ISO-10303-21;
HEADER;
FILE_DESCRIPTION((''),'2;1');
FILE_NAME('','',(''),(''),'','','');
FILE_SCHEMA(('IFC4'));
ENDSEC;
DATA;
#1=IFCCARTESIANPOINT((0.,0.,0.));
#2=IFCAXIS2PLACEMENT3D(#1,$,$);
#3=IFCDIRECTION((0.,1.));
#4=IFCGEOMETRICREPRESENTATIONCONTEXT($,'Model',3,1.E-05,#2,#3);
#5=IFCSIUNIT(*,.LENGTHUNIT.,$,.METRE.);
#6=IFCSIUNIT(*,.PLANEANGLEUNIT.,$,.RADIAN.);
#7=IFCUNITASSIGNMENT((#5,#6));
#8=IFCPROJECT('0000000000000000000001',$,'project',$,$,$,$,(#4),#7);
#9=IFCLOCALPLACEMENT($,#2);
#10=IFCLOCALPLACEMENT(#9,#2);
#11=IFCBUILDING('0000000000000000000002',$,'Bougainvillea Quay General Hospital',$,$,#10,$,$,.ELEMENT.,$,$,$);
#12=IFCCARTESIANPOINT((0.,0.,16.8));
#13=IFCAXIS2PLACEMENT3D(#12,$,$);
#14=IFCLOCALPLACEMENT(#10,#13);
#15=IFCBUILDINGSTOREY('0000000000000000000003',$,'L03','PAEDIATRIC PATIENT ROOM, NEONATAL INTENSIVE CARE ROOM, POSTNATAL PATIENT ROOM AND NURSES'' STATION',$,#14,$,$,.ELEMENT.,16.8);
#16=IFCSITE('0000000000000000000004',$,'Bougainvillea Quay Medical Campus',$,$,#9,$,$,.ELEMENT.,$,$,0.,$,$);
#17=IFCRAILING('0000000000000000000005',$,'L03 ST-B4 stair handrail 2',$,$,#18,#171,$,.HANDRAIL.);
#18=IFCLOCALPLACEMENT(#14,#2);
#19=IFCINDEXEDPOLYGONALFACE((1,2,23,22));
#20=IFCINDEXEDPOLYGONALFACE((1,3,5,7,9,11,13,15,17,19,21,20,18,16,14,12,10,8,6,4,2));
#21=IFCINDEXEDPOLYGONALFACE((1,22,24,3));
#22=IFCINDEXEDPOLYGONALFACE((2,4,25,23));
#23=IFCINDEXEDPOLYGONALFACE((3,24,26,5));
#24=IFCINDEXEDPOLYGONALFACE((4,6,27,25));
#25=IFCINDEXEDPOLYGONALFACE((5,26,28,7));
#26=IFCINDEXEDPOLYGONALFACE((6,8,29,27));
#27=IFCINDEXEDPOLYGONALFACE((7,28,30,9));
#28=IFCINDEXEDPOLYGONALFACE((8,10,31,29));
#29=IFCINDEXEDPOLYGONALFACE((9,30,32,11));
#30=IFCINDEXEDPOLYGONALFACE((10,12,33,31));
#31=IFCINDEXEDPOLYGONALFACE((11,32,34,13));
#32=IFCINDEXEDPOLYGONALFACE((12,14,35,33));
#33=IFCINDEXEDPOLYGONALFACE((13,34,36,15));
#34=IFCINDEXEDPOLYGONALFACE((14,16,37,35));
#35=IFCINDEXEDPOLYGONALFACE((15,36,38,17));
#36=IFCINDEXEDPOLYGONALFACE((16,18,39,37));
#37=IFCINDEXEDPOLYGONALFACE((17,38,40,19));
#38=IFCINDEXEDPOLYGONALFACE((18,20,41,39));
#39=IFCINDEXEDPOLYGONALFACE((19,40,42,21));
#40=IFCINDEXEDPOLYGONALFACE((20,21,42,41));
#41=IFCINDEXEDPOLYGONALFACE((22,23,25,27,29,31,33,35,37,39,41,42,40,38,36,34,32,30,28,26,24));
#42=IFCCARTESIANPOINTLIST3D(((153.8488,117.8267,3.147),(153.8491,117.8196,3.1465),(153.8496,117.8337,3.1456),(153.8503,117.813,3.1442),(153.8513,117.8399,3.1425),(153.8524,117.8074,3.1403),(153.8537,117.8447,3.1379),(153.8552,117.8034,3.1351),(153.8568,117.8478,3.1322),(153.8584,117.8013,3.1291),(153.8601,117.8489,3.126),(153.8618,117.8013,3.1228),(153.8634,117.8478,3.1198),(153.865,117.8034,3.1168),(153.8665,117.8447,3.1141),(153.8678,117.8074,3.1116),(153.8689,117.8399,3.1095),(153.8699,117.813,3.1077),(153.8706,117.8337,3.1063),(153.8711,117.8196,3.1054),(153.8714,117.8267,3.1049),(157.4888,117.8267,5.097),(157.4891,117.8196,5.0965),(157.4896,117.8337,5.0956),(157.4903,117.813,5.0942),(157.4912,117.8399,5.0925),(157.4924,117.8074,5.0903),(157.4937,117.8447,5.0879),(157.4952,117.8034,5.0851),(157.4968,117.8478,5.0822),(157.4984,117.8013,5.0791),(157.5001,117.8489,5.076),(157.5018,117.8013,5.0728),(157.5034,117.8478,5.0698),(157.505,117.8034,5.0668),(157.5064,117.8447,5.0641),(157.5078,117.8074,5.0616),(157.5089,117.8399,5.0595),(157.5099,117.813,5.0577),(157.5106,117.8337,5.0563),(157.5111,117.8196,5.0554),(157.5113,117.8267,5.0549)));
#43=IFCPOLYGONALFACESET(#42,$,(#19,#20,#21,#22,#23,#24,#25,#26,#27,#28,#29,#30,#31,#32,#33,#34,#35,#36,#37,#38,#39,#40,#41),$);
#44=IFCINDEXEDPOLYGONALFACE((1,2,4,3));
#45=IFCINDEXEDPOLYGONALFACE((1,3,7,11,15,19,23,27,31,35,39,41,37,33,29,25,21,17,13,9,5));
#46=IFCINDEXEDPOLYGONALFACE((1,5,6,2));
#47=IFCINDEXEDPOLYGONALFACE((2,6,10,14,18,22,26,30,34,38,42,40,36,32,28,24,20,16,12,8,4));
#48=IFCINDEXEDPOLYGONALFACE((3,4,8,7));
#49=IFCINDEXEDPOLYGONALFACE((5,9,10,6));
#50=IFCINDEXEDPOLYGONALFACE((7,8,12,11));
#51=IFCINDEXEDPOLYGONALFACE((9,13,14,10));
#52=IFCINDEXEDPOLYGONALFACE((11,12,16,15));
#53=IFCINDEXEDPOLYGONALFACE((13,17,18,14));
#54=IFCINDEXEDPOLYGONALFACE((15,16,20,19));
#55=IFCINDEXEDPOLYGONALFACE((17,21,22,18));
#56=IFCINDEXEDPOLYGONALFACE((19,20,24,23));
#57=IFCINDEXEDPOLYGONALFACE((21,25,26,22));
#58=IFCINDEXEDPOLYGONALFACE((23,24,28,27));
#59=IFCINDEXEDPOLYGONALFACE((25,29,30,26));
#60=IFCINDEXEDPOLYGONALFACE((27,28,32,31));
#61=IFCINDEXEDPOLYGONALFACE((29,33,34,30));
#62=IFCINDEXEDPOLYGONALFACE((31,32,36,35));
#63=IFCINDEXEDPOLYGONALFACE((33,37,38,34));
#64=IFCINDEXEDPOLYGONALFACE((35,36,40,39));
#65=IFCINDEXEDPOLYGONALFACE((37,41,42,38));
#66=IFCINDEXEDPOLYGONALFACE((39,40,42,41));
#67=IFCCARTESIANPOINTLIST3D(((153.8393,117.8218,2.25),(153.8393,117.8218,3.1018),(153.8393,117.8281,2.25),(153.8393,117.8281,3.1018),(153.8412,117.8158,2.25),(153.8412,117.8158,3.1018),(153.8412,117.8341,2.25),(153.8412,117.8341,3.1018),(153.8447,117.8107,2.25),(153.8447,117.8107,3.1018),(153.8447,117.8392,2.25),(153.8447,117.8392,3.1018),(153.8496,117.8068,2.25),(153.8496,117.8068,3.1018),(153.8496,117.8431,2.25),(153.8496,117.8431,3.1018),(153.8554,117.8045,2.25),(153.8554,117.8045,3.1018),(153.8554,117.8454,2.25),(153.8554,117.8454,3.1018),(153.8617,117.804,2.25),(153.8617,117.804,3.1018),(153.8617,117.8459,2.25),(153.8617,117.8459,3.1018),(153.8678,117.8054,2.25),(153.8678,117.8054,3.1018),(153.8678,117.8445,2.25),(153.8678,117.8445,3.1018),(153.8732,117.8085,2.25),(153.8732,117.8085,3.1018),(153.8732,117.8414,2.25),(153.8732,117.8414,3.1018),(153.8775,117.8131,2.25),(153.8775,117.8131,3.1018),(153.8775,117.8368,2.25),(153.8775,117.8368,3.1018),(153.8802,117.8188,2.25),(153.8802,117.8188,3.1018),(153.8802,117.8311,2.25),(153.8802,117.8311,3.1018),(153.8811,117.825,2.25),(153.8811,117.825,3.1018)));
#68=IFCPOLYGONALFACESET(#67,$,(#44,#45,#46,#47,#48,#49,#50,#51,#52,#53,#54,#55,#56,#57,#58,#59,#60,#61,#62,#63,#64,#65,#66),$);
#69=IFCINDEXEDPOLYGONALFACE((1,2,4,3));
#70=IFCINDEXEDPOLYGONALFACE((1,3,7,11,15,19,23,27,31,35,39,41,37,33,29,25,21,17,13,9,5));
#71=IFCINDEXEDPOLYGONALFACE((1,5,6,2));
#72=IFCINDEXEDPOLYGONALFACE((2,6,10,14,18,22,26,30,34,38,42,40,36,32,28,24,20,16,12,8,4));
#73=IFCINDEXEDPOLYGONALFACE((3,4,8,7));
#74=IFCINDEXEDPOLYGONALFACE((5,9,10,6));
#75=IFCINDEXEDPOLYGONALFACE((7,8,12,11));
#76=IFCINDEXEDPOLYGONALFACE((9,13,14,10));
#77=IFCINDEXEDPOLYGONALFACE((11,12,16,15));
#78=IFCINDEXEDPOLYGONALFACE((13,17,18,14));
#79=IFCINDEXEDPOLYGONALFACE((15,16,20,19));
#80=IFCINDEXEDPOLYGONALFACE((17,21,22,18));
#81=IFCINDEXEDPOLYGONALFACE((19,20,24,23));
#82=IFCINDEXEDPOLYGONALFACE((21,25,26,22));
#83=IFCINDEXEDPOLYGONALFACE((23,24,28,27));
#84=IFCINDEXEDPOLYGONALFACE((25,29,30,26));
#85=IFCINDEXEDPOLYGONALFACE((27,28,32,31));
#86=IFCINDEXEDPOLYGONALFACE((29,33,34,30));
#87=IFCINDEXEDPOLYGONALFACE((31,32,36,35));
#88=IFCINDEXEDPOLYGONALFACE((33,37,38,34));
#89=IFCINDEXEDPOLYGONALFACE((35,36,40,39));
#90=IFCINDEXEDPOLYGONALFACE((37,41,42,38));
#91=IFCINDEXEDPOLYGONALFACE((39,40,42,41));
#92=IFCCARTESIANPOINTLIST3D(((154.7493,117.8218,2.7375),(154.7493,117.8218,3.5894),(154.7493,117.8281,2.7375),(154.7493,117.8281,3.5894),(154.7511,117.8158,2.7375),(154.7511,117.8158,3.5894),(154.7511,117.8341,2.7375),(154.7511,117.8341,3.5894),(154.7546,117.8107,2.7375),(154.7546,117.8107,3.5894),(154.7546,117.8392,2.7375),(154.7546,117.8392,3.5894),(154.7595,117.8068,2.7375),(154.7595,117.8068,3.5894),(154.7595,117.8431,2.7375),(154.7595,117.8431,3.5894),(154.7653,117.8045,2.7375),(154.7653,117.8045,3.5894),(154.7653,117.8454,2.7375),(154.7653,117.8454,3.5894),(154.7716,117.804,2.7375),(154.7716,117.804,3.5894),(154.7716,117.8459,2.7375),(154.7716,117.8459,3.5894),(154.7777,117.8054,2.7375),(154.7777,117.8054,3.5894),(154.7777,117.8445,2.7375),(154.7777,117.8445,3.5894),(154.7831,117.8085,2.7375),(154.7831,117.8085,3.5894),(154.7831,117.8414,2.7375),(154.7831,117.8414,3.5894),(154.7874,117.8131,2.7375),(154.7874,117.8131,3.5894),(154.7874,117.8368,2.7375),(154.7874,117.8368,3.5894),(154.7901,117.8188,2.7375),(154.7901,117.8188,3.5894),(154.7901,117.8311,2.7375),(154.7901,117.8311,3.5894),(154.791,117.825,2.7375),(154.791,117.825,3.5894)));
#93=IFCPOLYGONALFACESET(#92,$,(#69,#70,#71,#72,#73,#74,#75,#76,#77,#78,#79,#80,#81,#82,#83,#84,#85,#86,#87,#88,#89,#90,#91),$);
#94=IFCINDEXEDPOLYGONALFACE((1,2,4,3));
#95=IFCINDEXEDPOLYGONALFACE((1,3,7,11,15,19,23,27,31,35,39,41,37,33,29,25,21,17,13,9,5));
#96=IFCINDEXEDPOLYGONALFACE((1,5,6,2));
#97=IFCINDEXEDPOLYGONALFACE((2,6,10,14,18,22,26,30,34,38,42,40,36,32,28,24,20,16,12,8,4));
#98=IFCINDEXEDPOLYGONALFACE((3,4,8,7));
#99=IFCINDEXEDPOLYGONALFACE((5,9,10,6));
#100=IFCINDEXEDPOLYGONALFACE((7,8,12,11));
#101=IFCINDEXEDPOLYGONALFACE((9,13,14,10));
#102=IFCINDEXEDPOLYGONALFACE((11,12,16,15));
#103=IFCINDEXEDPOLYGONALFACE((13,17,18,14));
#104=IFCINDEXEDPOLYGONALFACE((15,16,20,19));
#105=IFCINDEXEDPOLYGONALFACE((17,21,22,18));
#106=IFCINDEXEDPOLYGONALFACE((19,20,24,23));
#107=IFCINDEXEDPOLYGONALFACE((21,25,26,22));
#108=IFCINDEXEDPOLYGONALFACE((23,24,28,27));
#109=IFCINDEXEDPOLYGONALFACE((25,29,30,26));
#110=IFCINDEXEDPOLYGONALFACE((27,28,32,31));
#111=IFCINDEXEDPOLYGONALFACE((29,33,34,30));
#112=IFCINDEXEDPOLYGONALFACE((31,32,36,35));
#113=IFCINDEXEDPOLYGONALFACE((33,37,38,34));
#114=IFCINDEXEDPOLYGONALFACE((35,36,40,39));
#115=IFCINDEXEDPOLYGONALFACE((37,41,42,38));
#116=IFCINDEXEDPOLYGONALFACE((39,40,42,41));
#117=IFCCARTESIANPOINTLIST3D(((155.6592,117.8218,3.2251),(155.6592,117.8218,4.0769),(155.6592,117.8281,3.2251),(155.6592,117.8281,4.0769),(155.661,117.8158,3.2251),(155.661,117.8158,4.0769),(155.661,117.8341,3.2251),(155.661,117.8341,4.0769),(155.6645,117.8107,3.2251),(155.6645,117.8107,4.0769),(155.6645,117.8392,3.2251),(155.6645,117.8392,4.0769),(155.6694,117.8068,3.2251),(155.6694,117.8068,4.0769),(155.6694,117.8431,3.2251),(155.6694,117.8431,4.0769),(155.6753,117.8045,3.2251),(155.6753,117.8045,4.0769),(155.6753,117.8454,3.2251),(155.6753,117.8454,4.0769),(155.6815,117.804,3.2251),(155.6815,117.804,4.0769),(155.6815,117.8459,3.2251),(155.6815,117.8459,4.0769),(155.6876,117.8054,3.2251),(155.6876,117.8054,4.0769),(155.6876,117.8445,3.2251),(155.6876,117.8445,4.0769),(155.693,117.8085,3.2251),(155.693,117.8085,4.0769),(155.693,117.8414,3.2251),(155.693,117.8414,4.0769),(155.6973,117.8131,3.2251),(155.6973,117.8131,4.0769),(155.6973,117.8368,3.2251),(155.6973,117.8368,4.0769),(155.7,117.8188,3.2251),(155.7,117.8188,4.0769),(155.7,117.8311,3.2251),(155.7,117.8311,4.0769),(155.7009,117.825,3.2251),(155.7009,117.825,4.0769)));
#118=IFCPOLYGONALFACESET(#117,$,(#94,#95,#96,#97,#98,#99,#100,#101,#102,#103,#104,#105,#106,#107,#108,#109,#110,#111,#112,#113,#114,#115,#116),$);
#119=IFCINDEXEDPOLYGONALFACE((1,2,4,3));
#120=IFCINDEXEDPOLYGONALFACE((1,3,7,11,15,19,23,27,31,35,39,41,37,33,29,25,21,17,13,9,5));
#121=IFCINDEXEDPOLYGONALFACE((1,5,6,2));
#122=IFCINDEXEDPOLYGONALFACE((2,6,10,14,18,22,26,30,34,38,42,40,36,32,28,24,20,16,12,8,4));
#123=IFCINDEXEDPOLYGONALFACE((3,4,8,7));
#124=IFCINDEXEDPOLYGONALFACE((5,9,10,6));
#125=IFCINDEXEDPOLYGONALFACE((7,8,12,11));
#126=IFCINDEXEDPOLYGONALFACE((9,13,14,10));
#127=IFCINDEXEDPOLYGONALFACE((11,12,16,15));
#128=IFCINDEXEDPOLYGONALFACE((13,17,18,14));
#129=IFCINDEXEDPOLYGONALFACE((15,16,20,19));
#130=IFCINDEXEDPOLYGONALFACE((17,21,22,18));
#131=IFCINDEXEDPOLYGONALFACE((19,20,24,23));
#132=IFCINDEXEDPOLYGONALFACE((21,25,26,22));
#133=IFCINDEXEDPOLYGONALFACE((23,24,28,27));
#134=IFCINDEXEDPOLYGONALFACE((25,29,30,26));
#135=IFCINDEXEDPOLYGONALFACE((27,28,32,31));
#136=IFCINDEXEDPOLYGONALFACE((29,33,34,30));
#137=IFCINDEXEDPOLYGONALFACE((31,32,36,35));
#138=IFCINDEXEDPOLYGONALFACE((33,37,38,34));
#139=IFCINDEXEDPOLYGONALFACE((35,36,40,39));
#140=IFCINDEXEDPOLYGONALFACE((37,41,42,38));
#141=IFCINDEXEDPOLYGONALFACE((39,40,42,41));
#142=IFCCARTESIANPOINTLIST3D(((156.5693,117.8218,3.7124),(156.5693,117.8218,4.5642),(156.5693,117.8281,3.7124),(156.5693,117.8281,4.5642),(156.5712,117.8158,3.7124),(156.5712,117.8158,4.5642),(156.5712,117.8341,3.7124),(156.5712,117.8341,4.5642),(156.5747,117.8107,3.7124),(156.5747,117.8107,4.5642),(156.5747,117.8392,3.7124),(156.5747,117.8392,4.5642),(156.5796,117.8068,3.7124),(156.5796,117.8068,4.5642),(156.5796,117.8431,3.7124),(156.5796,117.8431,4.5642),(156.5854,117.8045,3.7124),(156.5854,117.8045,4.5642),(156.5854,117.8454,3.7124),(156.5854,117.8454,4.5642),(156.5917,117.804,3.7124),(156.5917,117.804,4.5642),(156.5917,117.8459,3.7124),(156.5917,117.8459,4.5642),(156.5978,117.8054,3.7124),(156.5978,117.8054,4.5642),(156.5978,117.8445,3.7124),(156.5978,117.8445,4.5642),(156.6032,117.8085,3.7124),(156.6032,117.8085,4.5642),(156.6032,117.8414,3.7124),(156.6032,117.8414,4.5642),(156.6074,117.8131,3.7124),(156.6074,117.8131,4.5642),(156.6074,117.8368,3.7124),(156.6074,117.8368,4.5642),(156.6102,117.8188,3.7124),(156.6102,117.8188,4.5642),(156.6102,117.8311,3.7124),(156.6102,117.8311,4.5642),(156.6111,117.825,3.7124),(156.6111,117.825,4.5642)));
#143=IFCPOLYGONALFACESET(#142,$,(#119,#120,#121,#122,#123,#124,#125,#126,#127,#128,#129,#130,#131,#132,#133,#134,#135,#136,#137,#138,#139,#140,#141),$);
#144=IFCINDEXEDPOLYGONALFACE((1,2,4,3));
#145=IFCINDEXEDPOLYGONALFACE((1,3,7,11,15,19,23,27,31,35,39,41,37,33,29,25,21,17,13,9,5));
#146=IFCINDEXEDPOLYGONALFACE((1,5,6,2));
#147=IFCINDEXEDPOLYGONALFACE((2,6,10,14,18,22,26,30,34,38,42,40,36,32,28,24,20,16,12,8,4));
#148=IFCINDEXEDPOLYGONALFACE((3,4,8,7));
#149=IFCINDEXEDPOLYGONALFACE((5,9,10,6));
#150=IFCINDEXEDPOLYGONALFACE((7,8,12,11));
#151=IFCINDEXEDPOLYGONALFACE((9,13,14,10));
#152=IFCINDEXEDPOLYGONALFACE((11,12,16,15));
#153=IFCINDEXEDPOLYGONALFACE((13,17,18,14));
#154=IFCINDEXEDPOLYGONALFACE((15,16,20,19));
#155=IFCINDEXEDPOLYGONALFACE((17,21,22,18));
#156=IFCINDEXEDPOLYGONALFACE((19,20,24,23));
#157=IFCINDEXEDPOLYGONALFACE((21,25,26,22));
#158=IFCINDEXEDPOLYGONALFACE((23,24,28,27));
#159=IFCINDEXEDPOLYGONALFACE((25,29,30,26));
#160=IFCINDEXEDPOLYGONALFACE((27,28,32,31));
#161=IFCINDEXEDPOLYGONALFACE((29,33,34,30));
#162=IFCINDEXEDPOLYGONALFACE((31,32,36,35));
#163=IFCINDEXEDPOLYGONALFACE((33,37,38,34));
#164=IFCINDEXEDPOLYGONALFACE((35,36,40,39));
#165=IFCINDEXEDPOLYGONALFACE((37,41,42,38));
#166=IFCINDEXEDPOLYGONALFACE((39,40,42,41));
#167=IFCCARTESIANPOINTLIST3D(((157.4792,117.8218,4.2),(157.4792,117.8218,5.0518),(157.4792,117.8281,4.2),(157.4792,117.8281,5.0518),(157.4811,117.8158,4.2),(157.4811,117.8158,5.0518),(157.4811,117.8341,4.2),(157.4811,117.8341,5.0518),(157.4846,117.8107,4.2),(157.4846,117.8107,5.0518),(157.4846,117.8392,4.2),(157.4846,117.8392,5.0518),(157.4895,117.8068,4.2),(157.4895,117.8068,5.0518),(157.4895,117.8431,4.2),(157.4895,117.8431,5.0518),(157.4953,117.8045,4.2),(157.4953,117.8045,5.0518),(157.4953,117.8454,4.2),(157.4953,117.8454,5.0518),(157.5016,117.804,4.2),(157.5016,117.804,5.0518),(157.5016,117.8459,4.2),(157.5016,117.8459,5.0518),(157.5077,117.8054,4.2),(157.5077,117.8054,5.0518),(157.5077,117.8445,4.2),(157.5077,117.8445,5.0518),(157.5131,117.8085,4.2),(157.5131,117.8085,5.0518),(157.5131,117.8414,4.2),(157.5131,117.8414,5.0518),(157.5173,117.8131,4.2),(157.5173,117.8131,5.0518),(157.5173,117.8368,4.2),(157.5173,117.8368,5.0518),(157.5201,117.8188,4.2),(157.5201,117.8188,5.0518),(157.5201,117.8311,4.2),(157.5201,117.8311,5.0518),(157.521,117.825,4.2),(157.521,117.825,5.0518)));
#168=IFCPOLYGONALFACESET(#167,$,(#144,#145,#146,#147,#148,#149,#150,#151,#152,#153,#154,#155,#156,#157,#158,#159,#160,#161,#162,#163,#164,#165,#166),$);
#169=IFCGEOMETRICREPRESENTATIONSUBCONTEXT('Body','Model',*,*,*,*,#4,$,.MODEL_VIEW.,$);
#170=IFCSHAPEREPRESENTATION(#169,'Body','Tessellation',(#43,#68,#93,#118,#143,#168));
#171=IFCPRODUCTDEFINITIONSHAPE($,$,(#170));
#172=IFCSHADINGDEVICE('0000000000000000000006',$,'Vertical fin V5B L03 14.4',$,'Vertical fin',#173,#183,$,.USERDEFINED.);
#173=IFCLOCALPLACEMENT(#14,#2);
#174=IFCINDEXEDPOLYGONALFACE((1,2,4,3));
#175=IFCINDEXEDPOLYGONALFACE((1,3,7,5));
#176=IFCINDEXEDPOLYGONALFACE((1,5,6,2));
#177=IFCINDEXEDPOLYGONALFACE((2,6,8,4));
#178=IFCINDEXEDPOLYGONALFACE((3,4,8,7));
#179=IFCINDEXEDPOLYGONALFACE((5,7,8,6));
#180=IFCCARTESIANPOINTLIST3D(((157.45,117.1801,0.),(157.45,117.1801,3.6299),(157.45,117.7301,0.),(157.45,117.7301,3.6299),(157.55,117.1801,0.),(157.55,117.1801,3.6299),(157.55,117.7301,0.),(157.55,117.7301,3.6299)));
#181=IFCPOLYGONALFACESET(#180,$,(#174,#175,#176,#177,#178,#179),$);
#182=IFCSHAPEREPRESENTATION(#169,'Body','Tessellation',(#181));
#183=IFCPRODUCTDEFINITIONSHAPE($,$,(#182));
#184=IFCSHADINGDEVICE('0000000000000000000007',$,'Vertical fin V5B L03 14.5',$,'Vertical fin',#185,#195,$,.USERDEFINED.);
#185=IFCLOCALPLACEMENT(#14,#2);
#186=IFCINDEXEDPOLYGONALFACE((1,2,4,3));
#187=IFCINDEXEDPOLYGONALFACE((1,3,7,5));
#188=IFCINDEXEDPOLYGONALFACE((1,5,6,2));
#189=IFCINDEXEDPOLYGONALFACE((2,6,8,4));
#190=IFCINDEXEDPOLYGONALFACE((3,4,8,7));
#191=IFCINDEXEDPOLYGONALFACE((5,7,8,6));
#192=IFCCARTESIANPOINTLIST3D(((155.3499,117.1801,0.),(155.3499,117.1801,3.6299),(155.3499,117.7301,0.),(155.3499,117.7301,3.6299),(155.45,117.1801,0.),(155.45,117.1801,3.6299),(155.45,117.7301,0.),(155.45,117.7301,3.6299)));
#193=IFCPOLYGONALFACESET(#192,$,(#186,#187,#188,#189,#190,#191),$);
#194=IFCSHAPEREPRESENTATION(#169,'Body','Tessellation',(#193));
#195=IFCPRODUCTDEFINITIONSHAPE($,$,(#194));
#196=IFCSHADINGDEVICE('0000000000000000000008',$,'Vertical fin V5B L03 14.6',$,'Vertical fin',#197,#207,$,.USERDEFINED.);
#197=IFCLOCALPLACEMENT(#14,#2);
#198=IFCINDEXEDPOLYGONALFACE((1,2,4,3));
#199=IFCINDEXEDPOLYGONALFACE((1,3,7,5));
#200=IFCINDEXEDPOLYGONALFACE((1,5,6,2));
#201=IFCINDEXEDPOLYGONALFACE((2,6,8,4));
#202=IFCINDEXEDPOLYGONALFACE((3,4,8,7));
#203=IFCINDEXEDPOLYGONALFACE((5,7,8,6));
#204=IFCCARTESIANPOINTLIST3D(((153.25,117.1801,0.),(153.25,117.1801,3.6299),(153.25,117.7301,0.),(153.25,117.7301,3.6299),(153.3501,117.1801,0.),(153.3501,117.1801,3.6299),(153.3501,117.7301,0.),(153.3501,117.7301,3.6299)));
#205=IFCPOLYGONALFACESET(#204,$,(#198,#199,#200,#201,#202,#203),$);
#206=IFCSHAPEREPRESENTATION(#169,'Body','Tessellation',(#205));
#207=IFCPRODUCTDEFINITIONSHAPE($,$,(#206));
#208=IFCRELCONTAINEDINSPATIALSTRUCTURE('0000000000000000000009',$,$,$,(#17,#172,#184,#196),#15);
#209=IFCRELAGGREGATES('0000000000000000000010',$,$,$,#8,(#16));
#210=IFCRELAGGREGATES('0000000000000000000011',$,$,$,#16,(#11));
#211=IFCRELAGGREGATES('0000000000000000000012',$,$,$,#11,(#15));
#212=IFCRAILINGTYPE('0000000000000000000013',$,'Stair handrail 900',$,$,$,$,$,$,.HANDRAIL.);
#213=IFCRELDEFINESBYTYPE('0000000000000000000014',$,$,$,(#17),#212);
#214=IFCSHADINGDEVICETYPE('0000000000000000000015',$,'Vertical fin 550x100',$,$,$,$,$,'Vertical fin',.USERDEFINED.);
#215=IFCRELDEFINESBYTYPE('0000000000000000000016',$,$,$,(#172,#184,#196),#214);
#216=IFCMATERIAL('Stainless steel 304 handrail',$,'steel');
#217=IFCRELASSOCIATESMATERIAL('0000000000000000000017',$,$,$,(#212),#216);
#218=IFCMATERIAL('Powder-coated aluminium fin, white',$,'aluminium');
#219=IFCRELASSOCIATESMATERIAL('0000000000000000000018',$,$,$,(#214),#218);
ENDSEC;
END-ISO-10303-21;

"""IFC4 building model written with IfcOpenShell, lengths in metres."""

from ifc_helpers import new_model, si_unit, direction, frame, origin, origin_2d, place, context, subcontext, project, spatial, rectangle, circle, extrude, material, material_profile, profile_set, type_object, element, save


model = new_model("IFC4")

# Units and contexts
model_context = context("Model", 3, precision=1e-05, world=origin(), true_north=direction((0.0, 1.0)))
body_context = subcontext(model_context, "Body", "Model", "MODEL_VIEW")
ifc_project = project(units=[si_unit("LENGTHUNIT", "METRE"), si_unit("PLANEANGLEUNIT", "RADIAN")], contexts=[model_context])

# Site, building, storey
site_placement = place(None, origin())
site = spatial("IfcSite", under=ifc_project, at=site_placement, Name="Bougainvillea Quay Medical Campus", CompositionType="ELEMENT", RefElevation=0.0)
building_placement = place(site_placement, origin())
building = spatial("IfcBuilding", under=site, at=building_placement, Name="Bougainvillea Quay General Hospital", CompositionType="ELEMENT")
storey_placement = place(building_placement, frame((0.0, 0.0, 16.8)))
storey = spatial("IfcBuildingStorey", under=building, at=storey_placement, Name="L03", Description="PAEDIATRIC PATIENT ROOM, NEONATAL INTENSIVE CARE ROOM, POSTNATAL PATIENT ROOM AND NURSES' STATION", CompositionType="ELEMENT", Elevation=16.8)

# Railing
ifc_material_1 = material(Name="Stainless steel 304 handrail", Category="steel")
railing_type_1 = type_object("IfcRailingType", Name="Stair handrail 900", PredefinedType="HANDRAIL", material=ifc_material_1)
railing_1_placement = place(storey_placement, frame((153.8601, 117.825, 2.25)))
element("IfcRailing", 1, at=railing_1_placement, inside=storey, type_object=railing_type_1, Name="L03 ST-B4 stair handrail 2", PredefinedType="HANDRAIL", context=body_context, shape_type="SweptSolid", body=[
    extrude(circle(Radius=0.0239, at=origin_2d()), frame((0.0, 0.0, 0.876), z_axis=(0.881479, 0.0, 0.472223), x_axis=(0.0, 1.0, 0.0)), (0.0, 0.0, 1.0), 4.1294),
    extrude(circle(Radius=0.021, at=origin_2d()), origin(), (0.0, 0.0, 1.0), 0.8518),
    extrude(circle(Radius=0.021, at=origin_2d()), frame((0.9099, 0.0, 0.4875)), (0.0, 0.0, 1.0), 0.8518),
    extrude(circle(Radius=0.021, at=origin_2d()), frame((1.8198, 0.0, 0.9751)), (0.0, 0.0, 1.0), 0.8518),
    extrude(circle(Radius=0.021, at=origin_2d()), frame((2.73, 0.0, 1.4624)), (0.0, 0.0, 1.0), 0.8518),
    extrude(circle(Radius=0.021, at=origin_2d()), frame((3.6399, 0.0, 1.95)), (0.0, 0.0, 1.0), 0.8518),
])

# Shading devices
ifc_material_2 = material(Name="Powder-coated aluminium fin, white", Category="aluminium")
ifc_material_profile_1 = material_profile(ifc_material_2, rectangle(XDim=0.55, YDim=0.1001, at=origin_2d()))
ifc_profile_set_1 = profile_set([ifc_material_profile_1], Name="Powder-coated aluminium fin, white")
shading_device_type = type_object("IfcShadingDeviceType", Name="Vertical fin 550x100", ElementType="Vertical fin", PredefinedType="USERDEFINED", material=ifc_profile_set_1)
for number, where, z_axis, x_axis, name in (
    (2, (157.5, 117.4551, 0.0), (0.0, 0.0, 1.0), (0.0, -1.0, 0.0), "Vertical fin V5B L03 14.4"),
    (3, (155.3999, 117.4551, 0.0), (0.0, 0.0, 1.0), (0.0, -1.0, 0.0), "Vertical fin V5B L03 14.5"),
    (4, (153.3, 117.4551, 0.0), (0.0, 0.0, 1.0), (0.0, -1.0, 0.0), "Vertical fin V5B L03 14.6"),
):
    element("IfcShadingDevice", number, at=place(storey_placement, frame(where, z_axis=z_axis, x_axis=x_axis)), inside=storey, type_object=shading_device_type, Name=name, ObjectType="Vertical fin", PredefinedType="USERDEFINED", context=body_context, shape_type="SweptSolid", body=[
        extrude(rectangle(XDim=0.55, YDim=0.1001, at=origin_2d()), origin(), (0.0, 0.0, 1.0), 3.6299),
    ])

save(model, "model.ifc")
